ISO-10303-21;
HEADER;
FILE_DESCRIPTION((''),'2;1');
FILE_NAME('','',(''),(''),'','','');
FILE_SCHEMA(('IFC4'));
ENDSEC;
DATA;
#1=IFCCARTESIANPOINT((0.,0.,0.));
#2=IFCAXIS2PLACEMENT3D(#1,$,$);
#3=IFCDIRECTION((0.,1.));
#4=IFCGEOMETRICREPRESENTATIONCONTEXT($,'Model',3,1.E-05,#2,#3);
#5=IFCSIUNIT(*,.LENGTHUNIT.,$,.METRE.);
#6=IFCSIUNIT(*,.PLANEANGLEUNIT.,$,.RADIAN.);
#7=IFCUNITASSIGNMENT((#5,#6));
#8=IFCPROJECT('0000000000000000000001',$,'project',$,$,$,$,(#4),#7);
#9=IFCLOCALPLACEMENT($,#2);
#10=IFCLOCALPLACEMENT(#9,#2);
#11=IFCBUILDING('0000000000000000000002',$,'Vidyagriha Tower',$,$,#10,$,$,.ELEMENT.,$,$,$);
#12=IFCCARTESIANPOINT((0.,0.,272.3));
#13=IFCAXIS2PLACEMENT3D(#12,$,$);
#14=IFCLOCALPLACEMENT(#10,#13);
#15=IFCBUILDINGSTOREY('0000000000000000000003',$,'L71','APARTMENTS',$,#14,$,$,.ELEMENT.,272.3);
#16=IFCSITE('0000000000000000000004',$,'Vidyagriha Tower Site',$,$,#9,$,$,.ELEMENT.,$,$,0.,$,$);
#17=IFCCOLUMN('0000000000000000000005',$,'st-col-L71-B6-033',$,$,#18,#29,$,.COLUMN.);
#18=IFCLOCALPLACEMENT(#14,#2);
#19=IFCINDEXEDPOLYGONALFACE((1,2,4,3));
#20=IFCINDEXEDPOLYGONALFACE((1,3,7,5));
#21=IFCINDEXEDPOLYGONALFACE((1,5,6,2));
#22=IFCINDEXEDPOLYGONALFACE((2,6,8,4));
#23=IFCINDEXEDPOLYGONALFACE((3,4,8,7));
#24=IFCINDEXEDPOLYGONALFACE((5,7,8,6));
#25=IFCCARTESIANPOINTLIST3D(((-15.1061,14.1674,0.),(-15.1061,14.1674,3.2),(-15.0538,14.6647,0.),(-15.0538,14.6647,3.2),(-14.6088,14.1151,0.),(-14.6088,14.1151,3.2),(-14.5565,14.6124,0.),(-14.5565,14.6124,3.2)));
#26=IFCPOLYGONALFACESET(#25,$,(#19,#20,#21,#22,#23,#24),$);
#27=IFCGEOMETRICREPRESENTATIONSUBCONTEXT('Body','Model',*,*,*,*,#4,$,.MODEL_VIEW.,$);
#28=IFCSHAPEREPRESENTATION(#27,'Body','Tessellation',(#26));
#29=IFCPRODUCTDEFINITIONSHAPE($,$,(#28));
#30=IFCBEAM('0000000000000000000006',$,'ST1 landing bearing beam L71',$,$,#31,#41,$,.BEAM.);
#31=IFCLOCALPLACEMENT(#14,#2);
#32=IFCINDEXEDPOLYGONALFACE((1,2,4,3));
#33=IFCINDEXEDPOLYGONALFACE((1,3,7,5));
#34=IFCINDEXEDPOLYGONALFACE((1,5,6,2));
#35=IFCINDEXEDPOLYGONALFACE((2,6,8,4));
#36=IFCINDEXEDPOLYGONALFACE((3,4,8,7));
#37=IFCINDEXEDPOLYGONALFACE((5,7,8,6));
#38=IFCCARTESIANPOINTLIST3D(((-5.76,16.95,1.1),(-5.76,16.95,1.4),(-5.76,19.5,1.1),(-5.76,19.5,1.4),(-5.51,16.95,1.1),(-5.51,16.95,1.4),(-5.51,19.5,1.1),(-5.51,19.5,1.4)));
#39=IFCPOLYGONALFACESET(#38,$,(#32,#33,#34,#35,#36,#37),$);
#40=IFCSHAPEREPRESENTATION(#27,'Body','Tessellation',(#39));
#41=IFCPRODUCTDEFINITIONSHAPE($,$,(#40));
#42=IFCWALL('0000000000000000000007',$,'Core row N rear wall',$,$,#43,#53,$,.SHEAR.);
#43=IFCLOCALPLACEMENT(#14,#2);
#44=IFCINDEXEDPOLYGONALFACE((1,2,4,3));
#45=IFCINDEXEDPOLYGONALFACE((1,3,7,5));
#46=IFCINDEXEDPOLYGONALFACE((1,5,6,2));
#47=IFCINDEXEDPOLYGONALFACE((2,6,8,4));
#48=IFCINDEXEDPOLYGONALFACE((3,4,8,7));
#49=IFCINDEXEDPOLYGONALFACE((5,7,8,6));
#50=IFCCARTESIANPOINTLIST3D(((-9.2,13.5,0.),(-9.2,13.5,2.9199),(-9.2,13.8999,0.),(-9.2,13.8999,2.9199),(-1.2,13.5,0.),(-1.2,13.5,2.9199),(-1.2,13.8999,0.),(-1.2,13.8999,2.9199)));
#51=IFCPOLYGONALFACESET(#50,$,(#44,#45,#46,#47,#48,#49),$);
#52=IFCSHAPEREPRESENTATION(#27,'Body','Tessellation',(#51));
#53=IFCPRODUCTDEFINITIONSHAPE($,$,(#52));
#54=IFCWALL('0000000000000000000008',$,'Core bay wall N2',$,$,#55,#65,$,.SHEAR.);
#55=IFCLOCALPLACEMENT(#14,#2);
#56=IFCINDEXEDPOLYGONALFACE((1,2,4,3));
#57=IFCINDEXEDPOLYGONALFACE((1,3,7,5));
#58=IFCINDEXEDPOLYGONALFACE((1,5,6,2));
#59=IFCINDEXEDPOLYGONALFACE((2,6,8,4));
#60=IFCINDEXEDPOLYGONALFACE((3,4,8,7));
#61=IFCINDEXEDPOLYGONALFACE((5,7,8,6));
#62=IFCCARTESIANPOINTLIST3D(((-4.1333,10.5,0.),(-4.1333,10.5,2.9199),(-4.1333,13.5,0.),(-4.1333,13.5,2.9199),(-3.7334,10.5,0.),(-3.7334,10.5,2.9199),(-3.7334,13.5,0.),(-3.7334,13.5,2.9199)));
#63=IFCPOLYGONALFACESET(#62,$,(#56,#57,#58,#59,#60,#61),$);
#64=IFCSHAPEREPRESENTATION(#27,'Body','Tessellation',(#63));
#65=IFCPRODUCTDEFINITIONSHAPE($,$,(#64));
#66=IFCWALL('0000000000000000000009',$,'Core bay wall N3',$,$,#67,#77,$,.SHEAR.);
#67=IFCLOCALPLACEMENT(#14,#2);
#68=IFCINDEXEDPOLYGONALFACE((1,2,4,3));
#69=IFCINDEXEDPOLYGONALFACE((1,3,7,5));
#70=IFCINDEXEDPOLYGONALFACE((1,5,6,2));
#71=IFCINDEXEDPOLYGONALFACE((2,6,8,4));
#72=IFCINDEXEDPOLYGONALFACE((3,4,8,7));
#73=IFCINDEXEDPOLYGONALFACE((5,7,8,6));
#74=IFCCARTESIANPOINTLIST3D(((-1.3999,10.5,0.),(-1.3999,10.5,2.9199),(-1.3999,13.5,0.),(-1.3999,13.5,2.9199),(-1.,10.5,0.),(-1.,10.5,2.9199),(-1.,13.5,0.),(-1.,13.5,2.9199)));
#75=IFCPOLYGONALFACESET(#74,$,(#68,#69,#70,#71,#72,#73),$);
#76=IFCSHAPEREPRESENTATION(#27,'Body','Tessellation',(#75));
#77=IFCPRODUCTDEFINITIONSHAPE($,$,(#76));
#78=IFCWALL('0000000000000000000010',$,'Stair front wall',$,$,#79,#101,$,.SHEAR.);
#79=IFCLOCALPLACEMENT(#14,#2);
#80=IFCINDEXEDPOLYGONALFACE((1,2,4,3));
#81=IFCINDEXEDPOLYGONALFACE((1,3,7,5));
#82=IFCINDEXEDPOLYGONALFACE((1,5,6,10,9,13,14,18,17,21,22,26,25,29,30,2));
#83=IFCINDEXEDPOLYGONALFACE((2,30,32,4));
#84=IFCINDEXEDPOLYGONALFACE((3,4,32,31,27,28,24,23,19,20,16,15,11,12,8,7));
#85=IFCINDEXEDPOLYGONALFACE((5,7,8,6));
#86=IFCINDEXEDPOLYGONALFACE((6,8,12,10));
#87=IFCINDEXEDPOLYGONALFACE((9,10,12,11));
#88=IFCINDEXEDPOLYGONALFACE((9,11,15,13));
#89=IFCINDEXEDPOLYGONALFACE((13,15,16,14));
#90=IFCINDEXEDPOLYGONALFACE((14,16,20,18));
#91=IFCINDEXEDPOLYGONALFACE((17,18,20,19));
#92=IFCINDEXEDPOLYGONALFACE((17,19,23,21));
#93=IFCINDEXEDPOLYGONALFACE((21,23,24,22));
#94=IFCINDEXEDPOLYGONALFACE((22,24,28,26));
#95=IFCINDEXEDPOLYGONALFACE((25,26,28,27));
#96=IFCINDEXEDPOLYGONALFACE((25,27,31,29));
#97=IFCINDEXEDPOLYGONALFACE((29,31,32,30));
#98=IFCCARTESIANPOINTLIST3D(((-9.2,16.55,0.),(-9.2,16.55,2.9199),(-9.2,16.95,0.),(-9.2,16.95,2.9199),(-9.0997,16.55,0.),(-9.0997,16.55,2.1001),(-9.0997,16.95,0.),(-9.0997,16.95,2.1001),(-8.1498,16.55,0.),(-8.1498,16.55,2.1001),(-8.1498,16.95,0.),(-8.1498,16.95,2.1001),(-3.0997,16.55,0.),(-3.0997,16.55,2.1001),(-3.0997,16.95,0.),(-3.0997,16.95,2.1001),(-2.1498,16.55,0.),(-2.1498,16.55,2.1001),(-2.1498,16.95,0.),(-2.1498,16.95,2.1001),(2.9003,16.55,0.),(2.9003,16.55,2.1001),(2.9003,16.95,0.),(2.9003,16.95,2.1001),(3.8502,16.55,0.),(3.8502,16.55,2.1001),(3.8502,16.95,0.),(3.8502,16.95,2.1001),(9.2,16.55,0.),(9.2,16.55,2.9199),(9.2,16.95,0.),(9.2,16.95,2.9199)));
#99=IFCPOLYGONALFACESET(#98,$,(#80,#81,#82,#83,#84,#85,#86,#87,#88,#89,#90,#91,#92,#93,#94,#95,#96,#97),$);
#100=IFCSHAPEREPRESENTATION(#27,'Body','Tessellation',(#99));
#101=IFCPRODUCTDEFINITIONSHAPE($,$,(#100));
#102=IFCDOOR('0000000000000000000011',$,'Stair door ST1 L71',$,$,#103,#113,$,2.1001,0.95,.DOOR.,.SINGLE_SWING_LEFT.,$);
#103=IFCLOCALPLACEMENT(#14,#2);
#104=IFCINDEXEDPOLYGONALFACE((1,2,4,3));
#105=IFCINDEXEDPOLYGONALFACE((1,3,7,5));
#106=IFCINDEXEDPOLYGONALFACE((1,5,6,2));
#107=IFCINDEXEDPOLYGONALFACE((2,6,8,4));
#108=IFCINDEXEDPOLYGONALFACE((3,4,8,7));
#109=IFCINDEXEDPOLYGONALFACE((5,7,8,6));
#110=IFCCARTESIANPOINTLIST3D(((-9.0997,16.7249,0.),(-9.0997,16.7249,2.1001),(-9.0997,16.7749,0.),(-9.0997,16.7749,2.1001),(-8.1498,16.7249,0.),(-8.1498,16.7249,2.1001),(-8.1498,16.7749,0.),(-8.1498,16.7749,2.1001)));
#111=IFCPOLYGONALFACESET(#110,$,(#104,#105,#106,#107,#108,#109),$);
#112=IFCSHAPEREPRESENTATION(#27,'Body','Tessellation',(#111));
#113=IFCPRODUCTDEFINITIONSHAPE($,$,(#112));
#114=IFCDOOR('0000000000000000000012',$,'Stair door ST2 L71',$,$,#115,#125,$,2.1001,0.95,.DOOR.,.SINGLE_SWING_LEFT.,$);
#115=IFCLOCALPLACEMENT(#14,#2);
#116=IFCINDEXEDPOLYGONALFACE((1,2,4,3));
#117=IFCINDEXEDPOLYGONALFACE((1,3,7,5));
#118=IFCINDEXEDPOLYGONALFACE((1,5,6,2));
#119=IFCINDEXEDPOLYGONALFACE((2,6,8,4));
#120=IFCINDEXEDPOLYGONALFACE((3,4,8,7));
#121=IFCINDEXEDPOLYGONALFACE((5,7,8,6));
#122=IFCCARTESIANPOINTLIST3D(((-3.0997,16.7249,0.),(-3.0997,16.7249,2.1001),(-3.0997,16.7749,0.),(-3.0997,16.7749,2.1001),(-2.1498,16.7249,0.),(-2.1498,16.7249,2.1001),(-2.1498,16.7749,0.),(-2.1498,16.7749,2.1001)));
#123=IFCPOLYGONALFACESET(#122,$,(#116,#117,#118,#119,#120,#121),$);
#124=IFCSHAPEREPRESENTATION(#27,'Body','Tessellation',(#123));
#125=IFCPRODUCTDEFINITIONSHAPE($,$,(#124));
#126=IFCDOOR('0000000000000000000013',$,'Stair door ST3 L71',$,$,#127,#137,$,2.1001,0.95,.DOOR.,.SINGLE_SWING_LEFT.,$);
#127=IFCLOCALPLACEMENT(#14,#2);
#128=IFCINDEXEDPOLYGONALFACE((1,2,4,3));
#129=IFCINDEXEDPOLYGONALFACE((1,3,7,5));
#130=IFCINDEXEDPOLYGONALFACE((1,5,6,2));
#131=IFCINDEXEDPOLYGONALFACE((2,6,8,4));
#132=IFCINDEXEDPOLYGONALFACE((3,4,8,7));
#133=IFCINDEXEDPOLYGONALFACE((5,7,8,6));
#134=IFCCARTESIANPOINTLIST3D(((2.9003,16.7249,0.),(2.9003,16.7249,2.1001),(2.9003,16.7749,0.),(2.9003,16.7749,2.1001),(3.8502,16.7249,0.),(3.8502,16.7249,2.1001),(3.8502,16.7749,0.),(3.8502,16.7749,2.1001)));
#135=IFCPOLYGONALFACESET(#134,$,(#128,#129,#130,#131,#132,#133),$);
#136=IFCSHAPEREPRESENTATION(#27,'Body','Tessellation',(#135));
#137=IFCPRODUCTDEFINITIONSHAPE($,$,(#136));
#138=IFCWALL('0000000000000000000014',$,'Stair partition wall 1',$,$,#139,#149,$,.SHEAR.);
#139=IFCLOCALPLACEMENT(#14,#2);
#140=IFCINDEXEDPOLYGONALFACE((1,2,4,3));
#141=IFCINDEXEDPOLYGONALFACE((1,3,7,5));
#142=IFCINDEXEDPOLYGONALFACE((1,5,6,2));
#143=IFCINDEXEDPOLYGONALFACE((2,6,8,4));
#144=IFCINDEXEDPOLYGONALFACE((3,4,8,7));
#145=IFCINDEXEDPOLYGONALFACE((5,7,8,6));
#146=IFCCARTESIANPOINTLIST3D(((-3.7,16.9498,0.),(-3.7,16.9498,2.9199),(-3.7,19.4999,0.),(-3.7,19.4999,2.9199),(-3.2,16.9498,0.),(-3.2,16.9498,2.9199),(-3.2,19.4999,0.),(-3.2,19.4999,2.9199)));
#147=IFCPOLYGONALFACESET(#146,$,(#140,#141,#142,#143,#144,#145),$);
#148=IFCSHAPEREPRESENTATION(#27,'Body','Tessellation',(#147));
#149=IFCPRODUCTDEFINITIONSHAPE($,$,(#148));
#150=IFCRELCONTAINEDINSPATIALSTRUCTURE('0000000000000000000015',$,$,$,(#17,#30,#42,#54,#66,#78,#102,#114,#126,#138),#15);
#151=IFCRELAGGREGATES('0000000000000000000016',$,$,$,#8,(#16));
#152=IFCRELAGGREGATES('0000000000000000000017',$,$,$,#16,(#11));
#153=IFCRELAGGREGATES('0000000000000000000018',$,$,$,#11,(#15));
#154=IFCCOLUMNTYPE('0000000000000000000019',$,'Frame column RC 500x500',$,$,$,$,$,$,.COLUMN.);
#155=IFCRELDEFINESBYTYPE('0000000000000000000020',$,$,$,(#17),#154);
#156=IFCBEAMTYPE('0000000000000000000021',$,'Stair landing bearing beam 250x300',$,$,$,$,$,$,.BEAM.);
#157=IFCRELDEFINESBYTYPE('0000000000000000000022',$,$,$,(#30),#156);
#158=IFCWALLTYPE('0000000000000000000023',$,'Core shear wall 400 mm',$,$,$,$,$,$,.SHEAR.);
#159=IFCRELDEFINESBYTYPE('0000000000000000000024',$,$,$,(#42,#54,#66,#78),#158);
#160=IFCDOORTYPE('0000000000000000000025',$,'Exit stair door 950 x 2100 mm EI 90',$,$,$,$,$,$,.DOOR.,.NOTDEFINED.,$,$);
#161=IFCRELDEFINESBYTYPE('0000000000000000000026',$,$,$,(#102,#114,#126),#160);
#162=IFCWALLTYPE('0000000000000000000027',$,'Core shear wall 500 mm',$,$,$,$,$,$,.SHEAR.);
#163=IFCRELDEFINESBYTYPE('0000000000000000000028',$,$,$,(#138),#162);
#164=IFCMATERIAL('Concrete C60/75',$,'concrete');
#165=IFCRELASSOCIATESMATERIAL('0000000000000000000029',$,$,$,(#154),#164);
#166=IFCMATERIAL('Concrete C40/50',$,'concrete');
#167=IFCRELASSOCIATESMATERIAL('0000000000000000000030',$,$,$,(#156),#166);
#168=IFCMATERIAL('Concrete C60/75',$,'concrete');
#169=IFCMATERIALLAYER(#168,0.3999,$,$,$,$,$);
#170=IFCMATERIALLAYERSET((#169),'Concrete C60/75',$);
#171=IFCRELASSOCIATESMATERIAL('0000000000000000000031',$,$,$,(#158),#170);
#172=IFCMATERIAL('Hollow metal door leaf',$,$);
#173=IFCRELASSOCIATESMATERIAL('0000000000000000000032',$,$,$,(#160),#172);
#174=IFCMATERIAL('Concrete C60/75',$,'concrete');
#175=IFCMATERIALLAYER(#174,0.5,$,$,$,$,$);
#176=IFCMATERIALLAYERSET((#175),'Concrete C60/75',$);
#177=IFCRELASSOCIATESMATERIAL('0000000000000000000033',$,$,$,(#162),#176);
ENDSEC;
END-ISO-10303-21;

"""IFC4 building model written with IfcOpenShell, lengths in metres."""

from ifc_helpers import new_model, si_unit, direction, frame, frame_2d, origin, origin_2d, place, context, subcontext, project, spatial, rectangle, extrude, material, layer, layer_set, material_profile, profile_set, type_object, element, fill, save


model = new_model("IFC4")

# Units and contexts
model_context = context("Model", 3, precision=1e-05, world=origin(), true_north=direction((0.0, 1.0)))
body_context = subcontext(model_context, "Body", "Model", "MODEL_VIEW")
ifc_project = project(units=[si_unit("LENGTHUNIT", "METRE"), si_unit("PLANEANGLEUNIT", "RADIAN")], contexts=[model_context])

# Site, building, storey
site_placement = place(None, origin())
site = spatial("IfcSite", under=ifc_project, at=site_placement, Name="Vidyagriha Tower Site", CompositionType="ELEMENT", RefElevation=0.0)
building_placement = place(site_placement, origin())
building = spatial("IfcBuilding", under=site, at=building_placement, Name="Vidyagriha Tower", CompositionType="ELEMENT")
storey_placement = place(building_placement, frame((0.0, 0.0, 272.3)))
storey = spatial("IfcBuildingStorey", under=building, at=storey_placement, Name="L71", Description="APARTMENTS", CompositionType="ELEMENT", Elevation=272.3)

# Column
ifc_material_1 = material(Name="Concrete C60/75", Category="concrete")
ifc_material_profile_1 = material_profile(ifc_material_1, rectangle(XDim=0.5, YDim=0.5, at=origin_2d()), Name="RC 500x500")
ifc_profile_set_1 = profile_set([ifc_material_profile_1], Name="Concrete C60/75")
column_type = type_object("IfcColumnType", Name="Frame column RC 500x500", PredefinedType="COLUMN", material=ifc_profile_set_1)
column_placement = place(storey_placement, frame((-14.8313, 14.3899, 0.0), z_axis=(0.0, 0.0, 1.0), x_axis=(0.994522, -0.104528, 0.0)))
element("IfcColumn", 1, at=column_placement, inside=storey, type_object=column_type, Name="st-col-L71-B6-033", PredefinedType="COLUMN", context=body_context, shape_type="SweptSolid", body=[
    extrude(rectangle(XDim=0.5, YDim=0.5, at=origin_2d()), origin(), (0.0, 0.0, 1.0), 3.2),
])

# Beam
ifc_material_2 = material(Name="Concrete C40/50", Category="concrete")
ifc_material_profile_2 = material_profile(ifc_material_2, rectangle(XDim=0.25, YDim=0.3, at=origin_2d()), Name="Stair landing bearing beam 250x300")
ifc_profile_set_2 = profile_set([ifc_material_profile_2], Name="Concrete C40/50")
beam_type = type_object("IfcBeamType", Name="Stair landing bearing beam 250x300", PredefinedType="BEAM", material=ifc_profile_set_2)
beam_placement = place(storey_placement, frame((-5.635, 16.95, 1.25), z_axis=(0.0, 1.0, 0.0), x_axis=(-1.0, 0.0, 0.0)))
element("IfcBeam", 2, at=beam_placement, inside=storey, type_object=beam_type, Name="ST1 landing bearing beam L71", PredefinedType="BEAM", context=body_context, shape_type="SweptSolid", body=[
    extrude(rectangle(XDim=0.25, YDim=0.3, at=origin_2d()), origin(), (0.0, 0.0, 1.0), 2.55),
])

# Walls
ifc_material_3 = material(Name="Concrete C60/75", Category="concrete")
ifc_layer_1 = layer(ifc_material_3, 0.3999)
ifc_layer_set_1 = layer_set([ifc_layer_1], Name="Concrete C60/75")
wall_type_1 = type_object("IfcWallType", Name="Core shear wall 400 mm", PredefinedType="SHEAR", material=ifc_layer_set_1)
wall_1_placement = place(storey_placement, frame((-9.2, 13.7, 0.0)))
element("IfcWall", 3, at=wall_1_placement, inside=storey, type_object=wall_type_1, Name="Core row N rear wall", PredefinedType="SHEAR", context=body_context, shape_type="SweptSolid", body=[
    extrude(rectangle(XDim=8.0, YDim=0.3999, at=frame_2d((4.0, 0.0))), origin(), (0.0, 0.0, 1.0), 2.9199),
])
for number, where, z_axis, x_axis, name in (
    (4, (-3.9333, 10.5, 0.0), (0.0, 0.0, 1.0), (0.0, 1.0, 0.0), "Core bay wall N2"),
    (5, (-1.2, 10.5, 0.0), (0.0, 0.0, 1.0), (0.0, 1.0, 0.0), "Core bay wall N3"),
):
    element("IfcWall", number, at=place(storey_placement, frame(where, z_axis=z_axis, x_axis=x_axis)), inside=storey, type_object=wall_type_1, Name=name, PredefinedType="SHEAR", context=body_context, shape_type="SweptSolid", body=[
        extrude(rectangle(XDim=3.0, YDim=0.3999, at=frame_2d((1.5, 0.0))), origin(), (0.0, 0.0, 1.0), 2.9199),
    ])

# Wall, openings, doors
wall_2_placement = place(storey_placement, frame((-9.2, 16.75, 0.0)))
wall_2 = element("IfcWall", 6, at=wall_2_placement, inside=storey, type_object=wall_type_1, Name="Stair front wall", PredefinedType="SHEAR", context=body_context, shape_type="SweptSolid", body=[
    extrude(rectangle(XDim=18.3999, YDim=0.3999, at=frame_2d((9.2, 0.0))), origin(), (0.0, 0.0, 1.0), 2.9199),
])
opening_1_placement = place(wall_2_placement, frame((0.1001, 0.0, 0.0)))
opening_1 = element("IfcOpeningElement", 7, at=opening_1_placement, cuts=wall_2, PredefinedType="OPENING", context=body_context, shape_type="SweptSolid", body=[
    extrude(rectangle(XDim=0.95, YDim=2.1001, at=frame_2d((0.4751, 1.05))), frame((0.0, 0.21, 0.0), z_axis=(0.0, -1.0, 0.0), x_axis=(1.0, 0.0, 0.0)), (0.0, 0.0, 1.0), 0.4199),
])
opening_2_placement = place(wall_2_placement, frame((6.1001, 0.0, 0.0)))
opening_2 = element("IfcOpeningElement", 8, at=opening_2_placement, cuts=wall_2, PredefinedType="OPENING", context=body_context, shape_type="SweptSolid", body=[
    extrude(rectangle(XDim=0.95, YDim=2.1001, at=frame_2d((0.4751, 1.05))), frame((0.0, 0.21, 0.0), z_axis=(0.0, -1.0, 0.0), x_axis=(1.0, 0.0, 0.0)), (0.0, 0.0, 1.0), 0.4199),
])
opening_3_placement = place(wall_2_placement, frame((12.1001, 0.0, 0.0)))
opening_3 = element("IfcOpeningElement", 9, at=opening_3_placement, cuts=wall_2, PredefinedType="OPENING", context=body_context, shape_type="SweptSolid", body=[
    extrude(rectangle(XDim=0.95, YDim=2.1001, at=frame_2d((0.4751, 1.05))), frame((0.0, 0.21, 0.0), z_axis=(0.0, -1.0, 0.0), x_axis=(1.0, 0.0, 0.0)), (0.0, 0.0, 1.0), 0.4199),
])
ifc_material_4 = material(Name="Hollow metal door leaf")
door_type_1 = type_object("IfcDoorType", Name="Exit stair door 950 x 2100 mm EI 90", OperationType="NOTDEFINED", PredefinedType="DOOR", material=ifc_material_4)
door_1_placement = place(opening_1_placement, origin())
door_1 = element("IfcDoor", 10, at=door_1_placement, inside=storey, type_object=door_type_1, Name="Stair door ST1 L71", OperationType="SINGLE_SWING_LEFT", OverallHeight=2.1001, OverallWidth=0.95, PredefinedType="DOOR", context=body_context, shape_type="SweptSolid", body=[
    extrude(rectangle(XDim=0.95, YDim=2.1001, at=frame_2d((0.4751, 1.05))), frame((0.0, 0.0249, 0.0), z_axis=(0.0, -1.0, 0.0), x_axis=(1.0, 0.0, 0.0)), (0.0, 0.0, 1.0), 0.05),
])
fill(opening_1, door_1)
door_2_placement = place(opening_2_placement, origin())
door_2 = element("IfcDoor", 11, at=door_2_placement, inside=storey, type_object=door_type_1, Name="Stair door ST2 L71", OperationType="SINGLE_SWING_LEFT", OverallHeight=2.1001, OverallWidth=0.95, PredefinedType="DOOR", context=body_context, shape_type="SweptSolid", body=[
    extrude(rectangle(XDim=0.95, YDim=2.1001, at=frame_2d((0.4751, 1.05))), frame((0.0, 0.0249, 0.0), z_axis=(0.0, -1.0, 0.0), x_axis=(1.0, 0.0, 0.0)), (0.0, 0.0, 1.0), 0.05),
])
fill(opening_2, door_2)
door_3_placement = place(opening_3_placement, origin())
door_3 = element("IfcDoor", 12, at=door_3_placement, inside=storey, type_object=door_type_1, Name="Stair door ST3 L71", OperationType="SINGLE_SWING_LEFT", OverallHeight=2.1001, OverallWidth=0.95, PredefinedType="DOOR", context=body_context, shape_type="SweptSolid", body=[
    extrude(rectangle(XDim=0.95, YDim=2.1001, at=frame_2d((0.4751, 1.05))), frame((0.0, 0.0249, 0.0), z_axis=(0.0, -1.0, 0.0), x_axis=(1.0, 0.0, 0.0)), (0.0, 0.0, 1.0), 0.05),
])
fill(opening_3, door_3)

# Wall
ifc_material_5 = material(Name="Concrete C60/75", Category="concrete")
ifc_layer_2 = layer(ifc_material_5, 0.5)
ifc_layer_set_2 = layer_set([ifc_layer_2], Name="Concrete C60/75")
wall_type_2 = type_object("IfcWallType", Name="Core shear wall 500 mm", PredefinedType="SHEAR", material=ifc_layer_set_2)
wall_3_placement = place(storey_placement, frame((-3.45, 16.95, 0.0), z_axis=(0.0, 0.0, 1.0), x_axis=(0.0, 1.0, 0.0)))
element("IfcWall", 13, at=wall_3_placement, inside=storey, type_object=wall_type_2, Name="Stair partition wall 1", PredefinedType="SHEAR", context=body_context, shape_type="SweptSolid", body=[
    extrude(rectangle(XDim=2.55, YDim=0.5, at=frame_2d((1.2749, 0.0))), origin(), (0.0, 0.0, 1.0), 2.9199),
])

save(model, "model.ifc")
